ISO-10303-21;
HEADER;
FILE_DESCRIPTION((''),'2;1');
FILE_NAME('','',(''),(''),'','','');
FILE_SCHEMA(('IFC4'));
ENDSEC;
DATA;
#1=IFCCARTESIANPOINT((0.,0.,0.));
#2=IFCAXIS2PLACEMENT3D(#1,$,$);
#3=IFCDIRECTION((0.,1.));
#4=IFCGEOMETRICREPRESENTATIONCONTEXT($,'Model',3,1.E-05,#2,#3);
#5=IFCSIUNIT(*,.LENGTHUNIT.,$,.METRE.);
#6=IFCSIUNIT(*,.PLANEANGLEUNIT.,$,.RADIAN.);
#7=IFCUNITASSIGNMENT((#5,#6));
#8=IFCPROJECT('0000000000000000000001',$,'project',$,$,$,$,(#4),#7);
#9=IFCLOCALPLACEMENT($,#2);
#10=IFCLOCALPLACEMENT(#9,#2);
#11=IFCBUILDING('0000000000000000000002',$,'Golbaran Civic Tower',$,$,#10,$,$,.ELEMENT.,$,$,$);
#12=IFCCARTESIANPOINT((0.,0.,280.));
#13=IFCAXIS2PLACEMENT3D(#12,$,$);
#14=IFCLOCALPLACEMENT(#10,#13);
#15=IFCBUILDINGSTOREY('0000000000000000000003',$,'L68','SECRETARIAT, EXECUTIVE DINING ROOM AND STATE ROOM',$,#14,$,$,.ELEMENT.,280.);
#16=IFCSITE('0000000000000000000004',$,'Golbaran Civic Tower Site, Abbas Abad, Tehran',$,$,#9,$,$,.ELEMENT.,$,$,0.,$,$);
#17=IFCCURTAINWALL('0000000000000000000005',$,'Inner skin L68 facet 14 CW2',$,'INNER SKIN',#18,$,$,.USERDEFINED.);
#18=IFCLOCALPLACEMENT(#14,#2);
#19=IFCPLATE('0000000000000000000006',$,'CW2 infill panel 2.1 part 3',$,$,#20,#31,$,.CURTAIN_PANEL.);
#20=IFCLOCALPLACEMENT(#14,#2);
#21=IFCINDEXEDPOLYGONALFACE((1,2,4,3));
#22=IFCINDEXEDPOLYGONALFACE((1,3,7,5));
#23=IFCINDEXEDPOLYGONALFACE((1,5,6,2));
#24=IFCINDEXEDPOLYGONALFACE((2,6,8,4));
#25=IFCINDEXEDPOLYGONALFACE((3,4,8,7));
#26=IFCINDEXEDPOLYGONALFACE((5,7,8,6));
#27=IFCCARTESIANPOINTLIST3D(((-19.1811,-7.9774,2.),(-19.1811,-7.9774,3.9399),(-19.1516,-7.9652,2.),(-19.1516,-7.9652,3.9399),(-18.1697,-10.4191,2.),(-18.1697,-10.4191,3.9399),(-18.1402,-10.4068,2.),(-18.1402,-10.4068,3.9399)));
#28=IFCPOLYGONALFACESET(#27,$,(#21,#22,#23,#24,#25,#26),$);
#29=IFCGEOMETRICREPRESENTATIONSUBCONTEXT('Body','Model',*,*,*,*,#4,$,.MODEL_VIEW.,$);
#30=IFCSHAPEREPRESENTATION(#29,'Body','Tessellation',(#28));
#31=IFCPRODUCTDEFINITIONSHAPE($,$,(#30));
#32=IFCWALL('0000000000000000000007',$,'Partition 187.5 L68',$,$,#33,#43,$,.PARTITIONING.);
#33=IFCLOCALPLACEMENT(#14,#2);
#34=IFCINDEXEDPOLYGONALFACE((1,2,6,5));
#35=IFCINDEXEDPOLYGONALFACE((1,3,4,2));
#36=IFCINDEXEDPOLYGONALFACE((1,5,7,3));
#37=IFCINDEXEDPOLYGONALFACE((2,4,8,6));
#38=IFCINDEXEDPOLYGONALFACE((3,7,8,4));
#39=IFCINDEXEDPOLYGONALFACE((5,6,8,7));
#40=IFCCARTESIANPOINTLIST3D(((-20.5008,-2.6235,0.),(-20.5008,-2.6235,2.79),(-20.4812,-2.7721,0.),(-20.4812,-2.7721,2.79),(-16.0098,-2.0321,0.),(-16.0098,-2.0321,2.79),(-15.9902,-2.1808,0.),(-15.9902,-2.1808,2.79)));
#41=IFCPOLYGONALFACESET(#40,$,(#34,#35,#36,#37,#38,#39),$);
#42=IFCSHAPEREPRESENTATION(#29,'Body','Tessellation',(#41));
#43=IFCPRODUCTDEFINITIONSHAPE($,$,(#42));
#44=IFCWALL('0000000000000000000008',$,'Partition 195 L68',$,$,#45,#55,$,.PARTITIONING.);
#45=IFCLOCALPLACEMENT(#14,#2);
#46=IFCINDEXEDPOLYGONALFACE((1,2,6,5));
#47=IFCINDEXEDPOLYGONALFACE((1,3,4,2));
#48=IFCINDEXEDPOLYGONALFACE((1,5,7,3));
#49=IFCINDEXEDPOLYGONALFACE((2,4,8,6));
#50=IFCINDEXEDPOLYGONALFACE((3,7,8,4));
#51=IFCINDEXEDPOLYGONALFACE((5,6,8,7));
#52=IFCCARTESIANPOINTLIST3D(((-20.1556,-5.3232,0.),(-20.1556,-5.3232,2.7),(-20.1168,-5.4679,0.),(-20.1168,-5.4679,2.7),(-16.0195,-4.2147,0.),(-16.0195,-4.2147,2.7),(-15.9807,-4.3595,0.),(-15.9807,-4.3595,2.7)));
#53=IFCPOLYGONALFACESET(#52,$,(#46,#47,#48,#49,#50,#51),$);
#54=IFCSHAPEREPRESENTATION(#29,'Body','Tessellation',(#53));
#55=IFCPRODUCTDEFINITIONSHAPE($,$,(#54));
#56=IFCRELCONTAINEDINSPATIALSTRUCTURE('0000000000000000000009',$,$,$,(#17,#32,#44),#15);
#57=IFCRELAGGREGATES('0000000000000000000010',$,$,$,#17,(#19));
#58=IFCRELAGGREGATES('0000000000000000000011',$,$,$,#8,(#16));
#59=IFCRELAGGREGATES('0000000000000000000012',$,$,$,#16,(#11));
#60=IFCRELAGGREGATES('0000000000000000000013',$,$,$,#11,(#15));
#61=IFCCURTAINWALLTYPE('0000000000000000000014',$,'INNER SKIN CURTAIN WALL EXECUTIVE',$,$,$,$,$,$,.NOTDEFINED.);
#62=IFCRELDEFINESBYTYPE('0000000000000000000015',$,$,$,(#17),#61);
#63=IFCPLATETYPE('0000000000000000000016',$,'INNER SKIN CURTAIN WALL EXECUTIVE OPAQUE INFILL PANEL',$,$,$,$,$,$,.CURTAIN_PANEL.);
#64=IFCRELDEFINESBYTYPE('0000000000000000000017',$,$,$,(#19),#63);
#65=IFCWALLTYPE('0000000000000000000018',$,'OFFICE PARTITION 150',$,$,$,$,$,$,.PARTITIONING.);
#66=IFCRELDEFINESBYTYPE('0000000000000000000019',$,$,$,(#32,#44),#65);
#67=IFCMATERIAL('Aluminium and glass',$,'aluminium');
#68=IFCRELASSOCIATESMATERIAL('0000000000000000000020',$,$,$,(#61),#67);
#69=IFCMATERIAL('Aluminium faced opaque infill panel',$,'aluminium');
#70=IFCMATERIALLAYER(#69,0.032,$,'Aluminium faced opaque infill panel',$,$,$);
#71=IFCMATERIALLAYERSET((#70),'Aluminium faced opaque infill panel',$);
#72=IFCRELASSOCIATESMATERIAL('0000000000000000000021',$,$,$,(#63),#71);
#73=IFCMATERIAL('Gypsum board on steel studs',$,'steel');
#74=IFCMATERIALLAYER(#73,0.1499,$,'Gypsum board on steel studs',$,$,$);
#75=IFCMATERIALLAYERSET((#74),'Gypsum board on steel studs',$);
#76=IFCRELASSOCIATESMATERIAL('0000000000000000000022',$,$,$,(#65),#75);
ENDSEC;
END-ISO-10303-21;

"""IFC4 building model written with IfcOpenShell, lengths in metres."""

from ifc_helpers import new_model, si_unit, direction, frame, frame_2d, origin, origin_2d, place, context, subcontext, project, spatial, rectangle, extrude, material, layer, layer_set, type_object, element, aggregate, save


model = new_model("IFC4")

# Units and contexts
model_context = context("Model", 3, precision=1e-05, world=origin(), true_north=direction((0.0, 1.0)))
body_context = subcontext(model_context, "Body", "Model", "MODEL_VIEW")
ifc_project = project(units=[si_unit("LENGTHUNIT", "METRE"), si_unit("PLANEANGLEUNIT", "RADIAN")], contexts=[model_context])

# Site, building, storey
site_placement = place(None, origin())
site = spatial("IfcSite", under=ifc_project, at=site_placement, Name="Golbaran Civic Tower Site, Abbas Abad, Tehran", CompositionType="ELEMENT", RefElevation=0.0)
building_placement = place(site_placement, origin())
building = spatial("IfcBuilding", under=site, at=building_placement, Name="Golbaran Civic Tower", CompositionType="ELEMENT")
storey_placement = place(building_placement, frame((0.0, 0.0, 280.0)))
storey = spatial("IfcBuildingStorey", under=building, at=storey_placement, Name="L68", Description="SECRETARIAT, EXECUTIVE DINING ROOM AND STATE ROOM", CompositionType="ELEMENT", Elevation=280.0)

# Shared definitions
ifc_material_1 = material(Name="Aluminium and glass", Category="aluminium")
curtain_wall_type = type_object("IfcCurtainWallType", Name="INNER SKIN CURTAIN WALL EXECUTIVE", PredefinedType="NOTDEFINED", material=ifc_material_1)

# Curtain wall
curtain_wall_1_placement = place(storey_placement, origin())
curtain_wall_1 = element("IfcCurtainWall", 1, at=curtain_wall_1_placement, inside=storey, type_object=curtain_wall_type, Name="Inner skin L68 facet 14 CW2", ObjectType="INNER SKIN", PredefinedType="USERDEFINED")

# Plate
ifc_material_2 = material(Name="Aluminium faced opaque infill panel", Category="aluminium")
ifc_layer_1 = layer(ifc_material_2, 0.032, Name="Aluminium faced opaque infill panel")
ifc_layer_set_1 = layer_set([ifc_layer_1], Name="Aluminium faced opaque infill panel")
plate_type_1 = type_object("IfcPlateType", Name="INNER SKIN CURTAIN WALL EXECUTIVE OPAQUE INFILL PANEL", PredefinedType="CURTAIN_PANEL", material=ifc_layer_set_1)
plate_1_placement = place(storey_placement, frame((-18.6606, -9.1921, 2.0), z_axis=(0.0, 0.0, 1.0), x_axis=(0.382683, -0.92388, 0.0)))
plate_1 = element("IfcPlate", 2, at=plate_1_placement, type_object=plate_type_1, Name="CW2 infill panel 2.1 part 3", PredefinedType="CURTAIN_PANEL", context=body_context, shape_type="SweptSolid", body=[
    extrude(rectangle(XDim=2.6428, YDim=0.032, at=origin_2d()), origin(), (0.0, 0.0, 1.0), 1.9399),
])
aggregate(curtain_wall_1, [plate_1])

# Walls
ifc_material_3 = material(Name="Gypsum board on steel studs", Category="steel")
ifc_layer_2 = layer(ifc_material_3, 0.1499, Name="Gypsum board on steel studs")
ifc_layer_set_2 = layer_set([ifc_layer_2], Name="Gypsum board on steel studs")
wall_type = type_object("IfcWallType", Name="OFFICE PARTITION 150", PredefinedType="PARTITIONING", material=ifc_layer_set_2)
wall_1_placement = place(storey_placement, frame((-16.0, -2.1064, 0.0), z_axis=(0.0, 0.0, 1.0), x_axis=(-0.991443, -0.13054, 0.0)))
element("IfcWall", 3, at=wall_1_placement, inside=storey, type_object=wall_type, Name="Partition 187.5 L68", PredefinedType="PARTITIONING", context=body_context, shape_type="SweptSolid", body=[
    extrude(rectangle(XDim=4.5298, YDim=0.1499, at=frame_2d((2.2649, 0.0))), origin(), (0.0, 0.0, 1.0), 2.79),
])
wall_2_placement = place(storey_placement, frame((-16.0, -4.2871, 0.0), z_axis=(0.0, 0.0, 1.0), x_axis=(-0.965916, -0.258855, 0.0)))
element("IfcWall", 4, at=wall_2_placement, inside=storey, type_object=wall_type, Name="Partition 195 L68", PredefinedType="PARTITIONING", context=body_context, shape_type="SweptSolid", body=[
    extrude(rectangle(XDim=4.282, YDim=0.1499, at=frame_2d((2.1411, 0.0))), origin(), (0.0, 0.0, 1.0), 2.7),
])

save(model, "model.ifc")
